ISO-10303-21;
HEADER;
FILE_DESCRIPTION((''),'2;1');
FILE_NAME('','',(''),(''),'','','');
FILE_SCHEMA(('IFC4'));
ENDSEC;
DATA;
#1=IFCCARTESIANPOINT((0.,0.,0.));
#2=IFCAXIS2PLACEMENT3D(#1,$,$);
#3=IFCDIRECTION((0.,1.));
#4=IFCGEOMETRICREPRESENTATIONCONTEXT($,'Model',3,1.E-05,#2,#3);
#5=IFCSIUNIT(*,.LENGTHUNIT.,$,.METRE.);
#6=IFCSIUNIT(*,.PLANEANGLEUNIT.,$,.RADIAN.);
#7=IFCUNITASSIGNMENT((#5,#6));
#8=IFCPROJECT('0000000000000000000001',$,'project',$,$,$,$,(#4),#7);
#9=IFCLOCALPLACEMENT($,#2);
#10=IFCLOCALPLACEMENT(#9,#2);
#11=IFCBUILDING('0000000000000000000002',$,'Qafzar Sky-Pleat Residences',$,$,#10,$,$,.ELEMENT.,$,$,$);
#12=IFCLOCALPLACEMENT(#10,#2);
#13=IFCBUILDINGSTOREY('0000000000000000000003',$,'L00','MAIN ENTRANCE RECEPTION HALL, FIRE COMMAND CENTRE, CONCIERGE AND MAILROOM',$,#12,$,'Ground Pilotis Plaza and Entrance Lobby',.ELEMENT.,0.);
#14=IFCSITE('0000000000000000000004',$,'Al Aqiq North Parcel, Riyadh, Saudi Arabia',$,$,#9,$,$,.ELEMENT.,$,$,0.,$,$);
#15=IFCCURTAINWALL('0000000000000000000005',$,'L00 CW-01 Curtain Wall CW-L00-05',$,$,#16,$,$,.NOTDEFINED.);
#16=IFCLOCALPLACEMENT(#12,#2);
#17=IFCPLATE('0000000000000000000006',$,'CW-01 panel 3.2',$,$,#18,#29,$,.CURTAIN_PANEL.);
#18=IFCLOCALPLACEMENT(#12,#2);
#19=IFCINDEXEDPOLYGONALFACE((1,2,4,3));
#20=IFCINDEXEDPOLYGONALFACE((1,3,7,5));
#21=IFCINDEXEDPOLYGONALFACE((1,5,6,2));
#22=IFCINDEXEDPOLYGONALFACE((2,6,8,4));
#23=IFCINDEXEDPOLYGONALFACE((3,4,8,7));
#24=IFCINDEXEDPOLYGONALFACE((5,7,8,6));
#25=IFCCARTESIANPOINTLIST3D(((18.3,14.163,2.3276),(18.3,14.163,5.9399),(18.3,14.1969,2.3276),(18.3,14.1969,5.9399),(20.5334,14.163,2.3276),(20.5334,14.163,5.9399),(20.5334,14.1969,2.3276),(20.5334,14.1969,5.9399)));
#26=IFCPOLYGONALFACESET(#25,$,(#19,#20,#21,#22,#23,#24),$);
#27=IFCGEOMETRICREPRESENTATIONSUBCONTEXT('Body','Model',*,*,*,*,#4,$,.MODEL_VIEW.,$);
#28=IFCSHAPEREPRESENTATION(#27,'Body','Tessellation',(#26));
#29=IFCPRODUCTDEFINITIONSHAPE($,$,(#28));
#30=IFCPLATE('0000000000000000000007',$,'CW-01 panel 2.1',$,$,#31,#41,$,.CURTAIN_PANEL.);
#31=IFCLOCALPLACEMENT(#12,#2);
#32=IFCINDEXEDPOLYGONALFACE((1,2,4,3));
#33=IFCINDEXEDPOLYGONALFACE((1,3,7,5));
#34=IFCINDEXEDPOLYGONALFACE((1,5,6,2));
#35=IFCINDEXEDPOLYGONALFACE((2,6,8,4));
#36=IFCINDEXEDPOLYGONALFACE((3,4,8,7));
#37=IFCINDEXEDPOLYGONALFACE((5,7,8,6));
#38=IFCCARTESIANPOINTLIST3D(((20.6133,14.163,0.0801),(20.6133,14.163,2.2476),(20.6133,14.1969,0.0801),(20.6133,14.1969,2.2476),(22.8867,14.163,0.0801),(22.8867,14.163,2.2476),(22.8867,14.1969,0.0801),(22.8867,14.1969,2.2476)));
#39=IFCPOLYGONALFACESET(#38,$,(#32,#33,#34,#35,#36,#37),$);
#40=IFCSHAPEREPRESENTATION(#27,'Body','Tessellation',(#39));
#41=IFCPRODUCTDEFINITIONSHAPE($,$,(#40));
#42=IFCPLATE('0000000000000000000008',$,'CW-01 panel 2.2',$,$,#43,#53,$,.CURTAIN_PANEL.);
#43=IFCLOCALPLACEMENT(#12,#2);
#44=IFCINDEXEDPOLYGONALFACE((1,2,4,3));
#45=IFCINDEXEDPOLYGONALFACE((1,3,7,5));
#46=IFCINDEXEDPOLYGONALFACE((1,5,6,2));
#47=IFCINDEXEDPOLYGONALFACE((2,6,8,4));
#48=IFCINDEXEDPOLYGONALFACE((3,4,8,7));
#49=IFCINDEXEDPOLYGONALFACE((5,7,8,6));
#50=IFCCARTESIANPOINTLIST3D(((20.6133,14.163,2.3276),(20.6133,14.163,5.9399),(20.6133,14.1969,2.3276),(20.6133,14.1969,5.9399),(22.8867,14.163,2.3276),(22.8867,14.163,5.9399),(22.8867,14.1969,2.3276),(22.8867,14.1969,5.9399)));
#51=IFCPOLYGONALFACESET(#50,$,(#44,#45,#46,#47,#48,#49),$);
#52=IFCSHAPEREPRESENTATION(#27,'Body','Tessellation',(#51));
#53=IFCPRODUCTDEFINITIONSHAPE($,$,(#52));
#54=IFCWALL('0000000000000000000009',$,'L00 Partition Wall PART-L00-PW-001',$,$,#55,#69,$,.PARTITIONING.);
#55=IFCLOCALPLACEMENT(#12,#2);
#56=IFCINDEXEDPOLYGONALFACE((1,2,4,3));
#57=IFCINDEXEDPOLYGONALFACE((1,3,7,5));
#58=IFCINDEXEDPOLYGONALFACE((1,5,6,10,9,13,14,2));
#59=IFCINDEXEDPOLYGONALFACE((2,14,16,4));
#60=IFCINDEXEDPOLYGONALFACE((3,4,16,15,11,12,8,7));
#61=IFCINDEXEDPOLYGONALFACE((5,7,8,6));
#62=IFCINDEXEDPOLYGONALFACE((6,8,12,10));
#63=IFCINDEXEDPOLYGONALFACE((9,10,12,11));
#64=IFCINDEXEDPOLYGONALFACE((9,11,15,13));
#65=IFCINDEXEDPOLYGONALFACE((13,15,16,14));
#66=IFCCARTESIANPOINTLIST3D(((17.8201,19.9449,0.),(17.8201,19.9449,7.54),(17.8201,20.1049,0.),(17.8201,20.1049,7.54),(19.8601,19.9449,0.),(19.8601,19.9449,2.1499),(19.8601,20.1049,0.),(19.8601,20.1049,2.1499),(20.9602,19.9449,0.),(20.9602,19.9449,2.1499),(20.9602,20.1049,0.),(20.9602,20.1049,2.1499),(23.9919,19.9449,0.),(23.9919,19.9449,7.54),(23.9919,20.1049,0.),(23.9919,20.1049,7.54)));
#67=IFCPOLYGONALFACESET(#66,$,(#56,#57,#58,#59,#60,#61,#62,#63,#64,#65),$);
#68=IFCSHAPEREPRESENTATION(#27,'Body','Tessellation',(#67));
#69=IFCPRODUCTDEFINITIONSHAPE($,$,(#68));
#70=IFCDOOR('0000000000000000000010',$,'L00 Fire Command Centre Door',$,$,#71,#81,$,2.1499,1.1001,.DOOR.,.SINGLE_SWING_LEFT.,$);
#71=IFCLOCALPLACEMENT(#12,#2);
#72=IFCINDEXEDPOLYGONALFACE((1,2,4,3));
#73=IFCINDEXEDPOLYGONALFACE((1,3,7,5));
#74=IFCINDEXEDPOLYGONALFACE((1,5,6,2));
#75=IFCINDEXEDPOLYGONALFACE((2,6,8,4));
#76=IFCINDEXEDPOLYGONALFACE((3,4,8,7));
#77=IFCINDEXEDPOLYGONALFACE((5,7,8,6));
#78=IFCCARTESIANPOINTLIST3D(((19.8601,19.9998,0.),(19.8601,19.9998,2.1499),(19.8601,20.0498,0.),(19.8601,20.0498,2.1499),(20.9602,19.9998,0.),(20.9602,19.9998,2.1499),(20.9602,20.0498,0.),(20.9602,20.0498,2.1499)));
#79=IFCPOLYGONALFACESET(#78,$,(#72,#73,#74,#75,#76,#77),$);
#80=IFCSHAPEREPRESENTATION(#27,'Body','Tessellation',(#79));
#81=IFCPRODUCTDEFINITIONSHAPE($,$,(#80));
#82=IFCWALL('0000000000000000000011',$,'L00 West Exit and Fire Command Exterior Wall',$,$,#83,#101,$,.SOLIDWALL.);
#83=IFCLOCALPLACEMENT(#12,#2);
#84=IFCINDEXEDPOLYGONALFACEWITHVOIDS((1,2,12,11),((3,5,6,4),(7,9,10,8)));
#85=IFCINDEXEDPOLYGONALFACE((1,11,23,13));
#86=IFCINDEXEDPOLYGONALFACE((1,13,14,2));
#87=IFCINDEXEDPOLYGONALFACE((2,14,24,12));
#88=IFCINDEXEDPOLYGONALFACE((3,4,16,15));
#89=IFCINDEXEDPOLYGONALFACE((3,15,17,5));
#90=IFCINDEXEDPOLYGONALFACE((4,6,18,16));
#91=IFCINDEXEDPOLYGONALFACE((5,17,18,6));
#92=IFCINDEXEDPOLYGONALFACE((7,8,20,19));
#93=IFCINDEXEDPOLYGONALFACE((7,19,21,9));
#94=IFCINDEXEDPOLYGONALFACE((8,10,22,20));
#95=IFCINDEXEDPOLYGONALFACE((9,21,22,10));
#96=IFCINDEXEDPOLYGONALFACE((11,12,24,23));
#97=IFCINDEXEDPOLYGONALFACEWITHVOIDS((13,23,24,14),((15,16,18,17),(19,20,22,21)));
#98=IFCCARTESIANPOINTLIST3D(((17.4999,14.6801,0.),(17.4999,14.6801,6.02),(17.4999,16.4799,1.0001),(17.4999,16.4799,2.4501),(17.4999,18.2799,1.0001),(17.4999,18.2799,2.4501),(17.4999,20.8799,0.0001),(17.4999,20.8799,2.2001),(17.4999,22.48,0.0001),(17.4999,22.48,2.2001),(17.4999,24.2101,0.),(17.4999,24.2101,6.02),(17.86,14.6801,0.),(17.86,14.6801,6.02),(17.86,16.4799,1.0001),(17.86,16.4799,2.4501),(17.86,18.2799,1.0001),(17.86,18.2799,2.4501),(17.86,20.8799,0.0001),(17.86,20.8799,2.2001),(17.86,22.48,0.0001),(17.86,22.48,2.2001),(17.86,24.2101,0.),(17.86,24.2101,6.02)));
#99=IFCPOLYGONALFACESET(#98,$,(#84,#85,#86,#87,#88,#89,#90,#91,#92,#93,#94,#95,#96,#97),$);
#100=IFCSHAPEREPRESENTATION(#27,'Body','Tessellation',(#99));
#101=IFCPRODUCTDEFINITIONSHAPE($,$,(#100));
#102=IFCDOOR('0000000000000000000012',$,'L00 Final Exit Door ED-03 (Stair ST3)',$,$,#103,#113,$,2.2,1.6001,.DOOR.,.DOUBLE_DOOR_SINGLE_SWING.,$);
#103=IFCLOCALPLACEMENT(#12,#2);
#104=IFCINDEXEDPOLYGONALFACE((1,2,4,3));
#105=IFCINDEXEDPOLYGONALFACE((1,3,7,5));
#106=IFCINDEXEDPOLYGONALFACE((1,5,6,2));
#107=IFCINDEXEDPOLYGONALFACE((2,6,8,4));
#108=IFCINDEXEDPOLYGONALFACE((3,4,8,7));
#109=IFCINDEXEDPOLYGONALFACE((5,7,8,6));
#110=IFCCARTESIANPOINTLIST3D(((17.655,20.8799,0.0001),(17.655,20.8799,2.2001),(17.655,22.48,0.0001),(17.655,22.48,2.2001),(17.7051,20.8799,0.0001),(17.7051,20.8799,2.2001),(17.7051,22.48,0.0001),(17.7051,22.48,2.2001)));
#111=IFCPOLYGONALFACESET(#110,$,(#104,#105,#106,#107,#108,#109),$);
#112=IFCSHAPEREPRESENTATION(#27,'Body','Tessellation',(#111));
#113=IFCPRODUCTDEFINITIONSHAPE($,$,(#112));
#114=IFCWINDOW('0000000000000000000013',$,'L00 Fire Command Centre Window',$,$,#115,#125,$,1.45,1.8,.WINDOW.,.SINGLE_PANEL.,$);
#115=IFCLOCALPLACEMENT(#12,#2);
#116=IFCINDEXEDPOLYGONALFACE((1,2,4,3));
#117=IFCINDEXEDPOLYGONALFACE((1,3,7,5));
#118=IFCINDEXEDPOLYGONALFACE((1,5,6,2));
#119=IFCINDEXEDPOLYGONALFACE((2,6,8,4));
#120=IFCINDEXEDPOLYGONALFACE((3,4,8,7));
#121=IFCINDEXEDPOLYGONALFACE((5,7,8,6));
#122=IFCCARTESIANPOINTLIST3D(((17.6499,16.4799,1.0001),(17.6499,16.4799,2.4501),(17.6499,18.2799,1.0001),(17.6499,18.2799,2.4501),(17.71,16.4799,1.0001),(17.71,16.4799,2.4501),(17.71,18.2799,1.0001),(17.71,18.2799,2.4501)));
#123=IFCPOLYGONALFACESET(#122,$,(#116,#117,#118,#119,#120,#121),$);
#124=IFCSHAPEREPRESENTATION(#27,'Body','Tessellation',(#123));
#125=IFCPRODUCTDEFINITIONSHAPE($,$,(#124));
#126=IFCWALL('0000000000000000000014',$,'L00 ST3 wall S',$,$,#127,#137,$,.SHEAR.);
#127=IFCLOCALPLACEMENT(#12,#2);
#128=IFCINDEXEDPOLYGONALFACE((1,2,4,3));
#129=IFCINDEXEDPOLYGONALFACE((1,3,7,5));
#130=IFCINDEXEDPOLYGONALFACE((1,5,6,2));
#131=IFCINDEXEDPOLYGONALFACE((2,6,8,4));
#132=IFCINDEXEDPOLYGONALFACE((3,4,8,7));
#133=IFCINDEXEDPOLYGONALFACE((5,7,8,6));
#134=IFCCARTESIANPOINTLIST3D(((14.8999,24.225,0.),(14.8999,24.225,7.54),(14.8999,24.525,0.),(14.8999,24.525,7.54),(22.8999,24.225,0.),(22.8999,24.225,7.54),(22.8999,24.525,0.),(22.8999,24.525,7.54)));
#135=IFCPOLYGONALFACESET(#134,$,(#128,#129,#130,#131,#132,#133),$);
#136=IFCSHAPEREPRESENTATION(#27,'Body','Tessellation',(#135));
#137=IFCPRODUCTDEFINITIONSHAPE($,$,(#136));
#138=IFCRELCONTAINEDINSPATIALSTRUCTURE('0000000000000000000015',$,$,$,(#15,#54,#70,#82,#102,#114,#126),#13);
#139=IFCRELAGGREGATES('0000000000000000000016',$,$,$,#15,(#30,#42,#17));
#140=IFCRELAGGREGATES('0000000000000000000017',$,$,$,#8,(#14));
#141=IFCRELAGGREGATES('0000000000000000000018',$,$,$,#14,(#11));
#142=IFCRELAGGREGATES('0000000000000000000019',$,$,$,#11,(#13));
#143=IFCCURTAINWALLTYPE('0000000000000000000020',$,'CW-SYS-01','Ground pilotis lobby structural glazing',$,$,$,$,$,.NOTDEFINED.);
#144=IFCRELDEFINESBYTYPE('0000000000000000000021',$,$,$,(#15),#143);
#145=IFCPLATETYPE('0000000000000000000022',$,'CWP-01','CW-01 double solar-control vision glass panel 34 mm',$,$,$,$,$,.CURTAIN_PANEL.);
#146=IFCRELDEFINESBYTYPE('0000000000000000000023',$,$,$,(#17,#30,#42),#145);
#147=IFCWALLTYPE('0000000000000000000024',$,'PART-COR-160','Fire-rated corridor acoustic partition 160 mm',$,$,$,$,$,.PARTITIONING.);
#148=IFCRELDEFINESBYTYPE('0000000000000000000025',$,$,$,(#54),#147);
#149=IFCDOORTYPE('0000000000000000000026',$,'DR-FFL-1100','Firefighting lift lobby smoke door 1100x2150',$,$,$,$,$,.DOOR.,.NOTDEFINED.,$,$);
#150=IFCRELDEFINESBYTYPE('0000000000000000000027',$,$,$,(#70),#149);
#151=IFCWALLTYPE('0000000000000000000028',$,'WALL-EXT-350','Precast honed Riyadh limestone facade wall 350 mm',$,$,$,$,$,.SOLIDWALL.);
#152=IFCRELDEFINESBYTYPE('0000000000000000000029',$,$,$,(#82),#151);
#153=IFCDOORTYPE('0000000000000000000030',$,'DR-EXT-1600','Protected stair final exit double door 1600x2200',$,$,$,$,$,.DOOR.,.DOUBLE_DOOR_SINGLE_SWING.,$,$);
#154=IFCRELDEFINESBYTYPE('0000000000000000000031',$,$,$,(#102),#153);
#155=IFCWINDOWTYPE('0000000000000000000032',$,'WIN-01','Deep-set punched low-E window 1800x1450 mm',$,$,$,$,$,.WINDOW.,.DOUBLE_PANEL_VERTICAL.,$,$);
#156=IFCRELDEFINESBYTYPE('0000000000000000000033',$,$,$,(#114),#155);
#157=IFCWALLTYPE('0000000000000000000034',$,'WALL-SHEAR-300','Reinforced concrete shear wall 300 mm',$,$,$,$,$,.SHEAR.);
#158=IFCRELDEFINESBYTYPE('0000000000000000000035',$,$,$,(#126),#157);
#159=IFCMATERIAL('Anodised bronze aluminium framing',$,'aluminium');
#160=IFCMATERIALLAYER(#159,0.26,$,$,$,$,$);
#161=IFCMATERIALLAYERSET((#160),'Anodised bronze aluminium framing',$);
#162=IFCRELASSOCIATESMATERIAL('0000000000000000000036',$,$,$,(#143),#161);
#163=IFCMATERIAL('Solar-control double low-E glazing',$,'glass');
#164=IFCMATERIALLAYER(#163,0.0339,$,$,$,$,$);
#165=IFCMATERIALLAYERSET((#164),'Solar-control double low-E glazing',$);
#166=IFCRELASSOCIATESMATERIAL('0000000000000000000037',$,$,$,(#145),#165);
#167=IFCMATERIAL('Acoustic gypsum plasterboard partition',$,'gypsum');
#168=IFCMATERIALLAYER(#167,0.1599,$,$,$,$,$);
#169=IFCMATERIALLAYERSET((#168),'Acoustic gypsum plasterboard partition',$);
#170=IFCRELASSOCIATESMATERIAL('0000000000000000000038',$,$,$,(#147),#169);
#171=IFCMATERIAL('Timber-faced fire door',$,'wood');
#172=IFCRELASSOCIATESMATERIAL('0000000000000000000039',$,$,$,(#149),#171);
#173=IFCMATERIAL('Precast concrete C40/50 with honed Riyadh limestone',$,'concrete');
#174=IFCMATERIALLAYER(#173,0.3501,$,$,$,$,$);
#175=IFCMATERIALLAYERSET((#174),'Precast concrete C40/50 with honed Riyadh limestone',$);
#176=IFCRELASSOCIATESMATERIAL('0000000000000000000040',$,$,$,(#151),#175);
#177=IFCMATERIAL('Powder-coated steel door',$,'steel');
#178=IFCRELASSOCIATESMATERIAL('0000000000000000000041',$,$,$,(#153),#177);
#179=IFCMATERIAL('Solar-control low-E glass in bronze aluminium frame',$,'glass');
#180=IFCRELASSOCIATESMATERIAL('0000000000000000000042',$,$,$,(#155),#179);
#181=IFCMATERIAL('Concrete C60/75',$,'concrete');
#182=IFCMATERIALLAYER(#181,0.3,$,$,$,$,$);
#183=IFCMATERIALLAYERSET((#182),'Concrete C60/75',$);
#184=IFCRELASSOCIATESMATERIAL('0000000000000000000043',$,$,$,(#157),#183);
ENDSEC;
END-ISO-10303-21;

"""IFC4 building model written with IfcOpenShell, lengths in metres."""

from ifc_helpers import new_model, si_unit, direction, frame, frame_2d, origin, origin_2d, place, context, subcontext, project, spatial, rectangle, extrude, source, transform, mapped, material, layer, layer_set, type_object, element, fill, aggregate, save


model = new_model("IFC4")

# Units and contexts
model_context = context("Model", 3, precision=1e-05, world=origin(), true_north=direction((0.0, 1.0)))
body_context = subcontext(model_context, "Body", "Model", "MODEL_VIEW")
ifc_project = project(units=[si_unit("LENGTHUNIT", "METRE"), si_unit("PLANEANGLEUNIT", "RADIAN")], contexts=[model_context])

# Site, building, storey
site_placement = place(None, origin())
site = spatial("IfcSite", under=ifc_project, at=site_placement, Name="Al Aqiq North Parcel, Riyadh, Saudi Arabia", CompositionType="ELEMENT", RefElevation=0.0)
building_placement = place(site_placement, origin())
building = spatial("IfcBuilding", under=site, at=building_placement, Name="Qafzar Sky-Pleat Residences", CompositionType="ELEMENT")
storey_placement = place(building_placement, origin())
storey = spatial("IfcBuildingStorey", under=building, at=storey_placement, Name="L00", Description="MAIN ENTRANCE RECEPTION HALL, FIRE COMMAND CENTRE, CONCIERGE AND MAILROOM", LongName="Ground Pilotis Plaza and Entrance Lobby", CompositionType="ELEMENT", Elevation=0.0)

# Shared definitions
ifc_material_1 = material(Name="Concrete C60/75", Category="concrete")

# Curtain wall
ifc_material_2 = material(Name="Anodised bronze aluminium framing", Category="aluminium")
ifc_layer_1 = layer(ifc_material_2, 0.26)
ifc_layer_set_1 = layer_set([ifc_layer_1], Name="Anodised bronze aluminium framing")
curtain_wall_type = type_object("IfcCurtainWallType", Name="CW-SYS-01", Description="Ground pilotis lobby structural glazing", PredefinedType="NOTDEFINED", material=ifc_layer_set_1)
curtain_wall_placement = place(storey_placement, origin())
curtain_wall = element("IfcCurtainWall", 1, at=curtain_wall_placement, inside=storey, type_object=curtain_wall_type, Name="L00 CW-01 Curtain Wall CW-L00-05", PredefinedType="NOTDEFINED")

# Plates
ifc_material_3 = material(Name="Solar-control double low-E glazing", Category="glass")
ifc_layer_2 = layer(ifc_material_3, 0.0339)
ifc_layer_set_2 = layer_set([ifc_layer_2], Name="Solar-control double low-E glazing")
plate_type_1 = type_object("IfcPlateType", Name="CWP-01", Description="CW-01 double solar-control vision glass panel 34 mm", PredefinedType="CURTAIN_PANEL", material=ifc_layer_set_2)
shared_shape_1 = source(origin(), body_context, "Body", "SweptSolid", [
    extrude(rectangle(XDim=2.2334, YDim=0.0339, at=origin_2d()), origin(), (0.0, 0.0, 1.0), 3.6123),
])
plate_1_placement = place(storey_placement, frame((19.4167, 14.1799, 2.3276), z_axis=(0.0, 0.0, 1.0), x_axis=(-1.0, 0.0, 0.0)))
plate_1 = element("IfcPlate", 2, at=plate_1_placement, type_object=plate_type_1, Name="CW-01 panel 3.2", PredefinedType="CURTAIN_PANEL", context=body_context, shape_type="MappedRepresentation", body=[
    mapped(shared_shape_1, transform((0.0, 0.0, 0.0), x_axis=(1.0, 0.0, 0.0), y_axis=(0.0, 1.0, 0.0), z_axis=(0.0, 0.0, 1.0), scale=1.0)),
])
shared_shape_2 = source(origin(), body_context, "Body", "SweptSolid", [
    extrude(rectangle(XDim=2.2734, YDim=0.0339, at=origin_2d()), origin(), (0.0, 0.0, 1.0), 2.1675),
])
plate_2_placement = place(storey_placement, frame((21.75, 14.1799, 0.0801), z_axis=(0.0, 0.0, 1.0), x_axis=(-1.0, 0.0, 0.0)))
plate_2 = element("IfcPlate", 3, at=plate_2_placement, type_object=plate_type_1, Name="CW-01 panel 2.1", PredefinedType="CURTAIN_PANEL", context=body_context, shape_type="MappedRepresentation", body=[
    mapped(shared_shape_2, transform((0.0, 0.0, 0.0), x_axis=(1.0, 0.0, 0.0), y_axis=(0.0, 1.0, 0.0), z_axis=(0.0, 0.0, 1.0), scale=1.0)),
])
shared_shape_3 = source(origin(), body_context, "Body", "SweptSolid", [
    extrude(rectangle(XDim=2.2734, YDim=0.0339, at=origin_2d()), origin(), (0.0, 0.0, 1.0), 3.6123),
])
plate_3_placement = place(storey_placement, frame((21.75, 14.1799, 2.3276), z_axis=(0.0, 0.0, 1.0), x_axis=(-1.0, 0.0, 0.0)))
plate_3 = element("IfcPlate", 4, at=plate_3_placement, type_object=plate_type_1, Name="CW-01 panel 2.2", PredefinedType="CURTAIN_PANEL", context=body_context, shape_type="MappedRepresentation", body=[
    mapped(shared_shape_3, transform((0.0, 0.0, 0.0), x_axis=(1.0, 0.0, 0.0), y_axis=(0.0, 1.0, 0.0), z_axis=(0.0, 0.0, 1.0), scale=1.0)),
])
aggregate(curtain_wall, [plate_2, plate_3, plate_1])

# Wall, opening, door
ifc_material_4 = material(Name="Acoustic gypsum plasterboard partition", Category="gypsum")
ifc_layer_3 = layer(ifc_material_4, 0.1599)
ifc_layer_set_3 = layer_set([ifc_layer_3], Name="Acoustic gypsum plasterboard partition")
wall_type_1 = type_object("IfcWallType", Name="PART-COR-160", Description="Fire-rated corridor acoustic partition 160 mm", PredefinedType="PARTITIONING", material=ifc_layer_set_3)
wall_1_placement = place(storey_placement, frame((17.8201, 20.0249, 0.0), z_axis=(0.0, 0.0, 1.0), x_axis=(1.0, 0.0, 0.0)))
wall_1 = element("IfcWall", 5, at=wall_1_placement, inside=storey, type_object=wall_type_1, Name="L00 Partition Wall PART-L00-PW-001", PredefinedType="PARTITIONING", context=body_context, shape_type="SweptSolid", body=[
    extrude(rectangle(XDim=6.1719, YDim=0.1599, at=frame_2d((3.0859, 0.0))), origin(), (0.0, 0.0, 1.0), 7.54),
])
opening_1_placement = place(wall_1_placement, frame((2.04, 0.0, 0.0)))
opening_1 = element("IfcOpeningElement", 6, at=opening_1_placement, cuts=wall_1, PredefinedType="OPENING", context=body_context, shape_type="SweptSolid", body=[
    extrude(rectangle(XDim=1.1001, YDim=2.1499, at=frame_2d((0.55, 1.075))), frame((0.0, 0.0898, 0.0), z_axis=(0.0, -1.0, 0.0), x_axis=(1.0, 0.0, 0.0)), (0.0, 0.0, 1.0), 0.1799),
])
ifc_material_5 = material(Name="Timber-faced fire door", Category="wood")
door_type_1 = type_object("IfcDoorType", Name="DR-FFL-1100", Description="Firefighting lift lobby smoke door 1100x2150", OperationType="NOTDEFINED", PredefinedType="DOOR", material=ifc_material_5)
shared_shape_4 = source(origin(), body_context, "Body", "SweptSolid", [
    extrude(rectangle(XDim=1.1001, YDim=2.1499, at=frame_2d((0.55, 1.075))), frame((0.0, 0.0249, 0.0), z_axis=(0.0, -1.0, 0.0), x_axis=(1.0, 0.0, 0.0)), (0.0, 0.0, 1.0), 0.05),
])
door_1_placement = place(opening_1_placement, origin())
door_1 = element("IfcDoor", 7, at=door_1_placement, inside=storey, type_object=door_type_1, Name="L00 Fire Command Centre Door", OperationType="SINGLE_SWING_LEFT", OverallHeight=2.1499, OverallWidth=1.1001, PredefinedType="DOOR", context=body_context, shape_type="MappedRepresentation", body=[
    mapped(shared_shape_4, transform((0.0, 0.0, 0.0), x_axis=(1.0, 0.0, 0.0), y_axis=(0.0, 1.0, 0.0), z_axis=(0.0, 0.0, 1.0), scale=1.0)),
])
fill(opening_1, door_1)

# Wall, openings, door, window
ifc_material_6 = material(Name="Precast concrete C40/50 with honed Riyadh limestone", Category="concrete")
ifc_layer_4 = layer(ifc_material_6, 0.3501)
ifc_layer_set_4 = layer_set([ifc_layer_4], Name="Precast concrete C40/50 with honed Riyadh limestone")
wall_type_2 = type_object("IfcWallType", Name="WALL-EXT-350", Description="Precast honed Riyadh limestone facade wall 350 mm", PredefinedType="SOLIDWALL", material=ifc_layer_set_4)
wall_2_placement = place(storey_placement, frame((17.6799, 14.6799, 0.0), z_axis=(0.0, 0.0, 1.0), x_axis=(0.0, 1.0, 0.0)))
wall_2 = element("IfcWall", 8, at=wall_2_placement, inside=storey, type_object=wall_type_2, Name="L00 West Exit and Fire Command Exterior Wall", PredefinedType="SOLIDWALL", context=body_context, shape_type="SweptSolid", body=[
    extrude(rectangle(XDim=9.53, YDim=0.3601, at=frame_2d((4.7651, 0.0))), origin(), (0.0, 0.0, 1.0), 6.02),
])
opening_2_placement = place(wall_2_placement, frame((6.2, 0.0, 0.0)))
opening_2 = element("IfcOpeningElement", 9, at=opening_2_placement, cuts=wall_2, PredefinedType="OPENING", context=body_context, shape_type="SweptSolid", body=[
    extrude(rectangle(XDim=1.6001, YDim=2.2, at=frame_2d((0.8, 1.1001))), frame((0.0, 0.1899, 0.0), z_axis=(0.0, -1.0, 0.0), x_axis=(1.0, 0.0, 0.0)), (0.0, 0.0, 1.0), 0.3801),
])
opening_3_placement = place(wall_2_placement, frame((1.8, 0.0, 1.0)))
opening_3 = element("IfcOpeningElement", 10, at=opening_3_placement, cuts=wall_2, PredefinedType="OPENING", context=body_context, shape_type="SweptSolid", body=[
    extrude(rectangle(XDim=1.8, YDim=1.45, at=frame_2d((0.8999, 0.7251))), frame((0.0, 0.1899, 0.0), z_axis=(0.0, -1.0, 0.0), x_axis=(1.0, 0.0, 0.0)), (0.0, 0.0, 1.0), 0.3801),
])
ifc_material_7 = material(Name="Powder-coated steel door", Category="steel")
door_type_2 = type_object("IfcDoorType", Name="DR-EXT-1600", Description="Protected stair final exit double door 1600x2200", OperationType="DOUBLE_DOOR_SINGLE_SWING", PredefinedType="DOOR", material=ifc_material_7)
shared_shape_5 = source(origin(), body_context, "Body", "SweptSolid", [
    extrude(rectangle(XDim=1.6001, YDim=2.2, at=frame_2d((0.8, 1.1001))), frame((0.0, 0.0249, 0.0), z_axis=(0.0, -1.0, 0.0), x_axis=(1.0, 0.0, 0.0)), (0.0, 0.0, 1.0), 0.05),
])
door_2_placement = place(opening_2_placement, origin())
door_2 = element("IfcDoor", 11, at=door_2_placement, inside=storey, type_object=door_type_2, Name="L00 Final Exit Door ED-03 (Stair ST3)", OperationType="DOUBLE_DOOR_SINGLE_SWING", OverallHeight=2.2, OverallWidth=1.6001, PredefinedType="DOOR", context=body_context, shape_type="MappedRepresentation", body=[
    mapped(shared_shape_5, transform((0.0, 0.0, 0.0), x_axis=(1.0, 0.0, 0.0), y_axis=(0.0, 1.0, 0.0), z_axis=(0.0, 0.0, 1.0), scale=1.0)),
])
fill(opening_2, door_2)
ifc_material_8 = material(Name="Solar-control low-E glass in bronze aluminium frame", Category="glass")
window_type = type_object("IfcWindowType", Name="WIN-01", Description="Deep-set punched low-E window 1800x1450 mm", PartitioningType="DOUBLE_PANEL_VERTICAL", PredefinedType="WINDOW", material=ifc_material_8)
shared_shape_6 = source(origin(), body_context, "Body", "SweptSolid", [
    extrude(rectangle(XDim=1.8, YDim=1.45, at=frame_2d((0.8999, 0.7251))), frame((0.0, 0.03, 0.0), z_axis=(0.0, -1.0, 0.0), x_axis=(1.0, 0.0, 0.0)), (0.0, 0.0, 1.0), 0.0601),
])
window_placement = place(opening_3_placement, origin())
window = element("IfcWindow", 12, at=window_placement, inside=storey, type_object=window_type, Name="L00 Fire Command Centre Window", OverallHeight=1.45, OverallWidth=1.8, PartitioningType="SINGLE_PANEL", PredefinedType="WINDOW", context=body_context, shape_type="MappedRepresentation", body=[
    mapped(shared_shape_6, transform((0.0, 0.0, 0.0), x_axis=(1.0, 0.0, 0.0), y_axis=(0.0, 1.0, 0.0), z_axis=(0.0, 0.0, 1.0), scale=1.0)),
])
fill(opening_3, window)

# Wall
ifc_layer_5 = layer(ifc_material_1, 0.3)
ifc_layer_set_5 = layer_set([ifc_layer_5], Name="Concrete C60/75")
wall_type_3 = type_object("IfcWallType", Name="WALL-SHEAR-300", Description="Reinforced concrete shear wall 300 mm", PredefinedType="SHEAR", material=ifc_layer_set_5)
wall_3_placement = place(storey_placement, frame((14.8999, 24.375, 0.0), z_axis=(0.0, 0.0, 1.0), x_axis=(1.0, 0.0, 0.0)))
element("IfcWall", 13, at=wall_3_placement, inside=storey, type_object=wall_type_3, Name="L00 ST3 wall S", PredefinedType="SHEAR", context=body_context, shape_type="SweptSolid", body=[
    extrude(rectangle(XDim=8.0, YDim=0.3, at=frame_2d((4.0, 0.0))), origin(), (0.0, 0.0, 1.0), 7.54),
])

save(model, "model.ifc")
